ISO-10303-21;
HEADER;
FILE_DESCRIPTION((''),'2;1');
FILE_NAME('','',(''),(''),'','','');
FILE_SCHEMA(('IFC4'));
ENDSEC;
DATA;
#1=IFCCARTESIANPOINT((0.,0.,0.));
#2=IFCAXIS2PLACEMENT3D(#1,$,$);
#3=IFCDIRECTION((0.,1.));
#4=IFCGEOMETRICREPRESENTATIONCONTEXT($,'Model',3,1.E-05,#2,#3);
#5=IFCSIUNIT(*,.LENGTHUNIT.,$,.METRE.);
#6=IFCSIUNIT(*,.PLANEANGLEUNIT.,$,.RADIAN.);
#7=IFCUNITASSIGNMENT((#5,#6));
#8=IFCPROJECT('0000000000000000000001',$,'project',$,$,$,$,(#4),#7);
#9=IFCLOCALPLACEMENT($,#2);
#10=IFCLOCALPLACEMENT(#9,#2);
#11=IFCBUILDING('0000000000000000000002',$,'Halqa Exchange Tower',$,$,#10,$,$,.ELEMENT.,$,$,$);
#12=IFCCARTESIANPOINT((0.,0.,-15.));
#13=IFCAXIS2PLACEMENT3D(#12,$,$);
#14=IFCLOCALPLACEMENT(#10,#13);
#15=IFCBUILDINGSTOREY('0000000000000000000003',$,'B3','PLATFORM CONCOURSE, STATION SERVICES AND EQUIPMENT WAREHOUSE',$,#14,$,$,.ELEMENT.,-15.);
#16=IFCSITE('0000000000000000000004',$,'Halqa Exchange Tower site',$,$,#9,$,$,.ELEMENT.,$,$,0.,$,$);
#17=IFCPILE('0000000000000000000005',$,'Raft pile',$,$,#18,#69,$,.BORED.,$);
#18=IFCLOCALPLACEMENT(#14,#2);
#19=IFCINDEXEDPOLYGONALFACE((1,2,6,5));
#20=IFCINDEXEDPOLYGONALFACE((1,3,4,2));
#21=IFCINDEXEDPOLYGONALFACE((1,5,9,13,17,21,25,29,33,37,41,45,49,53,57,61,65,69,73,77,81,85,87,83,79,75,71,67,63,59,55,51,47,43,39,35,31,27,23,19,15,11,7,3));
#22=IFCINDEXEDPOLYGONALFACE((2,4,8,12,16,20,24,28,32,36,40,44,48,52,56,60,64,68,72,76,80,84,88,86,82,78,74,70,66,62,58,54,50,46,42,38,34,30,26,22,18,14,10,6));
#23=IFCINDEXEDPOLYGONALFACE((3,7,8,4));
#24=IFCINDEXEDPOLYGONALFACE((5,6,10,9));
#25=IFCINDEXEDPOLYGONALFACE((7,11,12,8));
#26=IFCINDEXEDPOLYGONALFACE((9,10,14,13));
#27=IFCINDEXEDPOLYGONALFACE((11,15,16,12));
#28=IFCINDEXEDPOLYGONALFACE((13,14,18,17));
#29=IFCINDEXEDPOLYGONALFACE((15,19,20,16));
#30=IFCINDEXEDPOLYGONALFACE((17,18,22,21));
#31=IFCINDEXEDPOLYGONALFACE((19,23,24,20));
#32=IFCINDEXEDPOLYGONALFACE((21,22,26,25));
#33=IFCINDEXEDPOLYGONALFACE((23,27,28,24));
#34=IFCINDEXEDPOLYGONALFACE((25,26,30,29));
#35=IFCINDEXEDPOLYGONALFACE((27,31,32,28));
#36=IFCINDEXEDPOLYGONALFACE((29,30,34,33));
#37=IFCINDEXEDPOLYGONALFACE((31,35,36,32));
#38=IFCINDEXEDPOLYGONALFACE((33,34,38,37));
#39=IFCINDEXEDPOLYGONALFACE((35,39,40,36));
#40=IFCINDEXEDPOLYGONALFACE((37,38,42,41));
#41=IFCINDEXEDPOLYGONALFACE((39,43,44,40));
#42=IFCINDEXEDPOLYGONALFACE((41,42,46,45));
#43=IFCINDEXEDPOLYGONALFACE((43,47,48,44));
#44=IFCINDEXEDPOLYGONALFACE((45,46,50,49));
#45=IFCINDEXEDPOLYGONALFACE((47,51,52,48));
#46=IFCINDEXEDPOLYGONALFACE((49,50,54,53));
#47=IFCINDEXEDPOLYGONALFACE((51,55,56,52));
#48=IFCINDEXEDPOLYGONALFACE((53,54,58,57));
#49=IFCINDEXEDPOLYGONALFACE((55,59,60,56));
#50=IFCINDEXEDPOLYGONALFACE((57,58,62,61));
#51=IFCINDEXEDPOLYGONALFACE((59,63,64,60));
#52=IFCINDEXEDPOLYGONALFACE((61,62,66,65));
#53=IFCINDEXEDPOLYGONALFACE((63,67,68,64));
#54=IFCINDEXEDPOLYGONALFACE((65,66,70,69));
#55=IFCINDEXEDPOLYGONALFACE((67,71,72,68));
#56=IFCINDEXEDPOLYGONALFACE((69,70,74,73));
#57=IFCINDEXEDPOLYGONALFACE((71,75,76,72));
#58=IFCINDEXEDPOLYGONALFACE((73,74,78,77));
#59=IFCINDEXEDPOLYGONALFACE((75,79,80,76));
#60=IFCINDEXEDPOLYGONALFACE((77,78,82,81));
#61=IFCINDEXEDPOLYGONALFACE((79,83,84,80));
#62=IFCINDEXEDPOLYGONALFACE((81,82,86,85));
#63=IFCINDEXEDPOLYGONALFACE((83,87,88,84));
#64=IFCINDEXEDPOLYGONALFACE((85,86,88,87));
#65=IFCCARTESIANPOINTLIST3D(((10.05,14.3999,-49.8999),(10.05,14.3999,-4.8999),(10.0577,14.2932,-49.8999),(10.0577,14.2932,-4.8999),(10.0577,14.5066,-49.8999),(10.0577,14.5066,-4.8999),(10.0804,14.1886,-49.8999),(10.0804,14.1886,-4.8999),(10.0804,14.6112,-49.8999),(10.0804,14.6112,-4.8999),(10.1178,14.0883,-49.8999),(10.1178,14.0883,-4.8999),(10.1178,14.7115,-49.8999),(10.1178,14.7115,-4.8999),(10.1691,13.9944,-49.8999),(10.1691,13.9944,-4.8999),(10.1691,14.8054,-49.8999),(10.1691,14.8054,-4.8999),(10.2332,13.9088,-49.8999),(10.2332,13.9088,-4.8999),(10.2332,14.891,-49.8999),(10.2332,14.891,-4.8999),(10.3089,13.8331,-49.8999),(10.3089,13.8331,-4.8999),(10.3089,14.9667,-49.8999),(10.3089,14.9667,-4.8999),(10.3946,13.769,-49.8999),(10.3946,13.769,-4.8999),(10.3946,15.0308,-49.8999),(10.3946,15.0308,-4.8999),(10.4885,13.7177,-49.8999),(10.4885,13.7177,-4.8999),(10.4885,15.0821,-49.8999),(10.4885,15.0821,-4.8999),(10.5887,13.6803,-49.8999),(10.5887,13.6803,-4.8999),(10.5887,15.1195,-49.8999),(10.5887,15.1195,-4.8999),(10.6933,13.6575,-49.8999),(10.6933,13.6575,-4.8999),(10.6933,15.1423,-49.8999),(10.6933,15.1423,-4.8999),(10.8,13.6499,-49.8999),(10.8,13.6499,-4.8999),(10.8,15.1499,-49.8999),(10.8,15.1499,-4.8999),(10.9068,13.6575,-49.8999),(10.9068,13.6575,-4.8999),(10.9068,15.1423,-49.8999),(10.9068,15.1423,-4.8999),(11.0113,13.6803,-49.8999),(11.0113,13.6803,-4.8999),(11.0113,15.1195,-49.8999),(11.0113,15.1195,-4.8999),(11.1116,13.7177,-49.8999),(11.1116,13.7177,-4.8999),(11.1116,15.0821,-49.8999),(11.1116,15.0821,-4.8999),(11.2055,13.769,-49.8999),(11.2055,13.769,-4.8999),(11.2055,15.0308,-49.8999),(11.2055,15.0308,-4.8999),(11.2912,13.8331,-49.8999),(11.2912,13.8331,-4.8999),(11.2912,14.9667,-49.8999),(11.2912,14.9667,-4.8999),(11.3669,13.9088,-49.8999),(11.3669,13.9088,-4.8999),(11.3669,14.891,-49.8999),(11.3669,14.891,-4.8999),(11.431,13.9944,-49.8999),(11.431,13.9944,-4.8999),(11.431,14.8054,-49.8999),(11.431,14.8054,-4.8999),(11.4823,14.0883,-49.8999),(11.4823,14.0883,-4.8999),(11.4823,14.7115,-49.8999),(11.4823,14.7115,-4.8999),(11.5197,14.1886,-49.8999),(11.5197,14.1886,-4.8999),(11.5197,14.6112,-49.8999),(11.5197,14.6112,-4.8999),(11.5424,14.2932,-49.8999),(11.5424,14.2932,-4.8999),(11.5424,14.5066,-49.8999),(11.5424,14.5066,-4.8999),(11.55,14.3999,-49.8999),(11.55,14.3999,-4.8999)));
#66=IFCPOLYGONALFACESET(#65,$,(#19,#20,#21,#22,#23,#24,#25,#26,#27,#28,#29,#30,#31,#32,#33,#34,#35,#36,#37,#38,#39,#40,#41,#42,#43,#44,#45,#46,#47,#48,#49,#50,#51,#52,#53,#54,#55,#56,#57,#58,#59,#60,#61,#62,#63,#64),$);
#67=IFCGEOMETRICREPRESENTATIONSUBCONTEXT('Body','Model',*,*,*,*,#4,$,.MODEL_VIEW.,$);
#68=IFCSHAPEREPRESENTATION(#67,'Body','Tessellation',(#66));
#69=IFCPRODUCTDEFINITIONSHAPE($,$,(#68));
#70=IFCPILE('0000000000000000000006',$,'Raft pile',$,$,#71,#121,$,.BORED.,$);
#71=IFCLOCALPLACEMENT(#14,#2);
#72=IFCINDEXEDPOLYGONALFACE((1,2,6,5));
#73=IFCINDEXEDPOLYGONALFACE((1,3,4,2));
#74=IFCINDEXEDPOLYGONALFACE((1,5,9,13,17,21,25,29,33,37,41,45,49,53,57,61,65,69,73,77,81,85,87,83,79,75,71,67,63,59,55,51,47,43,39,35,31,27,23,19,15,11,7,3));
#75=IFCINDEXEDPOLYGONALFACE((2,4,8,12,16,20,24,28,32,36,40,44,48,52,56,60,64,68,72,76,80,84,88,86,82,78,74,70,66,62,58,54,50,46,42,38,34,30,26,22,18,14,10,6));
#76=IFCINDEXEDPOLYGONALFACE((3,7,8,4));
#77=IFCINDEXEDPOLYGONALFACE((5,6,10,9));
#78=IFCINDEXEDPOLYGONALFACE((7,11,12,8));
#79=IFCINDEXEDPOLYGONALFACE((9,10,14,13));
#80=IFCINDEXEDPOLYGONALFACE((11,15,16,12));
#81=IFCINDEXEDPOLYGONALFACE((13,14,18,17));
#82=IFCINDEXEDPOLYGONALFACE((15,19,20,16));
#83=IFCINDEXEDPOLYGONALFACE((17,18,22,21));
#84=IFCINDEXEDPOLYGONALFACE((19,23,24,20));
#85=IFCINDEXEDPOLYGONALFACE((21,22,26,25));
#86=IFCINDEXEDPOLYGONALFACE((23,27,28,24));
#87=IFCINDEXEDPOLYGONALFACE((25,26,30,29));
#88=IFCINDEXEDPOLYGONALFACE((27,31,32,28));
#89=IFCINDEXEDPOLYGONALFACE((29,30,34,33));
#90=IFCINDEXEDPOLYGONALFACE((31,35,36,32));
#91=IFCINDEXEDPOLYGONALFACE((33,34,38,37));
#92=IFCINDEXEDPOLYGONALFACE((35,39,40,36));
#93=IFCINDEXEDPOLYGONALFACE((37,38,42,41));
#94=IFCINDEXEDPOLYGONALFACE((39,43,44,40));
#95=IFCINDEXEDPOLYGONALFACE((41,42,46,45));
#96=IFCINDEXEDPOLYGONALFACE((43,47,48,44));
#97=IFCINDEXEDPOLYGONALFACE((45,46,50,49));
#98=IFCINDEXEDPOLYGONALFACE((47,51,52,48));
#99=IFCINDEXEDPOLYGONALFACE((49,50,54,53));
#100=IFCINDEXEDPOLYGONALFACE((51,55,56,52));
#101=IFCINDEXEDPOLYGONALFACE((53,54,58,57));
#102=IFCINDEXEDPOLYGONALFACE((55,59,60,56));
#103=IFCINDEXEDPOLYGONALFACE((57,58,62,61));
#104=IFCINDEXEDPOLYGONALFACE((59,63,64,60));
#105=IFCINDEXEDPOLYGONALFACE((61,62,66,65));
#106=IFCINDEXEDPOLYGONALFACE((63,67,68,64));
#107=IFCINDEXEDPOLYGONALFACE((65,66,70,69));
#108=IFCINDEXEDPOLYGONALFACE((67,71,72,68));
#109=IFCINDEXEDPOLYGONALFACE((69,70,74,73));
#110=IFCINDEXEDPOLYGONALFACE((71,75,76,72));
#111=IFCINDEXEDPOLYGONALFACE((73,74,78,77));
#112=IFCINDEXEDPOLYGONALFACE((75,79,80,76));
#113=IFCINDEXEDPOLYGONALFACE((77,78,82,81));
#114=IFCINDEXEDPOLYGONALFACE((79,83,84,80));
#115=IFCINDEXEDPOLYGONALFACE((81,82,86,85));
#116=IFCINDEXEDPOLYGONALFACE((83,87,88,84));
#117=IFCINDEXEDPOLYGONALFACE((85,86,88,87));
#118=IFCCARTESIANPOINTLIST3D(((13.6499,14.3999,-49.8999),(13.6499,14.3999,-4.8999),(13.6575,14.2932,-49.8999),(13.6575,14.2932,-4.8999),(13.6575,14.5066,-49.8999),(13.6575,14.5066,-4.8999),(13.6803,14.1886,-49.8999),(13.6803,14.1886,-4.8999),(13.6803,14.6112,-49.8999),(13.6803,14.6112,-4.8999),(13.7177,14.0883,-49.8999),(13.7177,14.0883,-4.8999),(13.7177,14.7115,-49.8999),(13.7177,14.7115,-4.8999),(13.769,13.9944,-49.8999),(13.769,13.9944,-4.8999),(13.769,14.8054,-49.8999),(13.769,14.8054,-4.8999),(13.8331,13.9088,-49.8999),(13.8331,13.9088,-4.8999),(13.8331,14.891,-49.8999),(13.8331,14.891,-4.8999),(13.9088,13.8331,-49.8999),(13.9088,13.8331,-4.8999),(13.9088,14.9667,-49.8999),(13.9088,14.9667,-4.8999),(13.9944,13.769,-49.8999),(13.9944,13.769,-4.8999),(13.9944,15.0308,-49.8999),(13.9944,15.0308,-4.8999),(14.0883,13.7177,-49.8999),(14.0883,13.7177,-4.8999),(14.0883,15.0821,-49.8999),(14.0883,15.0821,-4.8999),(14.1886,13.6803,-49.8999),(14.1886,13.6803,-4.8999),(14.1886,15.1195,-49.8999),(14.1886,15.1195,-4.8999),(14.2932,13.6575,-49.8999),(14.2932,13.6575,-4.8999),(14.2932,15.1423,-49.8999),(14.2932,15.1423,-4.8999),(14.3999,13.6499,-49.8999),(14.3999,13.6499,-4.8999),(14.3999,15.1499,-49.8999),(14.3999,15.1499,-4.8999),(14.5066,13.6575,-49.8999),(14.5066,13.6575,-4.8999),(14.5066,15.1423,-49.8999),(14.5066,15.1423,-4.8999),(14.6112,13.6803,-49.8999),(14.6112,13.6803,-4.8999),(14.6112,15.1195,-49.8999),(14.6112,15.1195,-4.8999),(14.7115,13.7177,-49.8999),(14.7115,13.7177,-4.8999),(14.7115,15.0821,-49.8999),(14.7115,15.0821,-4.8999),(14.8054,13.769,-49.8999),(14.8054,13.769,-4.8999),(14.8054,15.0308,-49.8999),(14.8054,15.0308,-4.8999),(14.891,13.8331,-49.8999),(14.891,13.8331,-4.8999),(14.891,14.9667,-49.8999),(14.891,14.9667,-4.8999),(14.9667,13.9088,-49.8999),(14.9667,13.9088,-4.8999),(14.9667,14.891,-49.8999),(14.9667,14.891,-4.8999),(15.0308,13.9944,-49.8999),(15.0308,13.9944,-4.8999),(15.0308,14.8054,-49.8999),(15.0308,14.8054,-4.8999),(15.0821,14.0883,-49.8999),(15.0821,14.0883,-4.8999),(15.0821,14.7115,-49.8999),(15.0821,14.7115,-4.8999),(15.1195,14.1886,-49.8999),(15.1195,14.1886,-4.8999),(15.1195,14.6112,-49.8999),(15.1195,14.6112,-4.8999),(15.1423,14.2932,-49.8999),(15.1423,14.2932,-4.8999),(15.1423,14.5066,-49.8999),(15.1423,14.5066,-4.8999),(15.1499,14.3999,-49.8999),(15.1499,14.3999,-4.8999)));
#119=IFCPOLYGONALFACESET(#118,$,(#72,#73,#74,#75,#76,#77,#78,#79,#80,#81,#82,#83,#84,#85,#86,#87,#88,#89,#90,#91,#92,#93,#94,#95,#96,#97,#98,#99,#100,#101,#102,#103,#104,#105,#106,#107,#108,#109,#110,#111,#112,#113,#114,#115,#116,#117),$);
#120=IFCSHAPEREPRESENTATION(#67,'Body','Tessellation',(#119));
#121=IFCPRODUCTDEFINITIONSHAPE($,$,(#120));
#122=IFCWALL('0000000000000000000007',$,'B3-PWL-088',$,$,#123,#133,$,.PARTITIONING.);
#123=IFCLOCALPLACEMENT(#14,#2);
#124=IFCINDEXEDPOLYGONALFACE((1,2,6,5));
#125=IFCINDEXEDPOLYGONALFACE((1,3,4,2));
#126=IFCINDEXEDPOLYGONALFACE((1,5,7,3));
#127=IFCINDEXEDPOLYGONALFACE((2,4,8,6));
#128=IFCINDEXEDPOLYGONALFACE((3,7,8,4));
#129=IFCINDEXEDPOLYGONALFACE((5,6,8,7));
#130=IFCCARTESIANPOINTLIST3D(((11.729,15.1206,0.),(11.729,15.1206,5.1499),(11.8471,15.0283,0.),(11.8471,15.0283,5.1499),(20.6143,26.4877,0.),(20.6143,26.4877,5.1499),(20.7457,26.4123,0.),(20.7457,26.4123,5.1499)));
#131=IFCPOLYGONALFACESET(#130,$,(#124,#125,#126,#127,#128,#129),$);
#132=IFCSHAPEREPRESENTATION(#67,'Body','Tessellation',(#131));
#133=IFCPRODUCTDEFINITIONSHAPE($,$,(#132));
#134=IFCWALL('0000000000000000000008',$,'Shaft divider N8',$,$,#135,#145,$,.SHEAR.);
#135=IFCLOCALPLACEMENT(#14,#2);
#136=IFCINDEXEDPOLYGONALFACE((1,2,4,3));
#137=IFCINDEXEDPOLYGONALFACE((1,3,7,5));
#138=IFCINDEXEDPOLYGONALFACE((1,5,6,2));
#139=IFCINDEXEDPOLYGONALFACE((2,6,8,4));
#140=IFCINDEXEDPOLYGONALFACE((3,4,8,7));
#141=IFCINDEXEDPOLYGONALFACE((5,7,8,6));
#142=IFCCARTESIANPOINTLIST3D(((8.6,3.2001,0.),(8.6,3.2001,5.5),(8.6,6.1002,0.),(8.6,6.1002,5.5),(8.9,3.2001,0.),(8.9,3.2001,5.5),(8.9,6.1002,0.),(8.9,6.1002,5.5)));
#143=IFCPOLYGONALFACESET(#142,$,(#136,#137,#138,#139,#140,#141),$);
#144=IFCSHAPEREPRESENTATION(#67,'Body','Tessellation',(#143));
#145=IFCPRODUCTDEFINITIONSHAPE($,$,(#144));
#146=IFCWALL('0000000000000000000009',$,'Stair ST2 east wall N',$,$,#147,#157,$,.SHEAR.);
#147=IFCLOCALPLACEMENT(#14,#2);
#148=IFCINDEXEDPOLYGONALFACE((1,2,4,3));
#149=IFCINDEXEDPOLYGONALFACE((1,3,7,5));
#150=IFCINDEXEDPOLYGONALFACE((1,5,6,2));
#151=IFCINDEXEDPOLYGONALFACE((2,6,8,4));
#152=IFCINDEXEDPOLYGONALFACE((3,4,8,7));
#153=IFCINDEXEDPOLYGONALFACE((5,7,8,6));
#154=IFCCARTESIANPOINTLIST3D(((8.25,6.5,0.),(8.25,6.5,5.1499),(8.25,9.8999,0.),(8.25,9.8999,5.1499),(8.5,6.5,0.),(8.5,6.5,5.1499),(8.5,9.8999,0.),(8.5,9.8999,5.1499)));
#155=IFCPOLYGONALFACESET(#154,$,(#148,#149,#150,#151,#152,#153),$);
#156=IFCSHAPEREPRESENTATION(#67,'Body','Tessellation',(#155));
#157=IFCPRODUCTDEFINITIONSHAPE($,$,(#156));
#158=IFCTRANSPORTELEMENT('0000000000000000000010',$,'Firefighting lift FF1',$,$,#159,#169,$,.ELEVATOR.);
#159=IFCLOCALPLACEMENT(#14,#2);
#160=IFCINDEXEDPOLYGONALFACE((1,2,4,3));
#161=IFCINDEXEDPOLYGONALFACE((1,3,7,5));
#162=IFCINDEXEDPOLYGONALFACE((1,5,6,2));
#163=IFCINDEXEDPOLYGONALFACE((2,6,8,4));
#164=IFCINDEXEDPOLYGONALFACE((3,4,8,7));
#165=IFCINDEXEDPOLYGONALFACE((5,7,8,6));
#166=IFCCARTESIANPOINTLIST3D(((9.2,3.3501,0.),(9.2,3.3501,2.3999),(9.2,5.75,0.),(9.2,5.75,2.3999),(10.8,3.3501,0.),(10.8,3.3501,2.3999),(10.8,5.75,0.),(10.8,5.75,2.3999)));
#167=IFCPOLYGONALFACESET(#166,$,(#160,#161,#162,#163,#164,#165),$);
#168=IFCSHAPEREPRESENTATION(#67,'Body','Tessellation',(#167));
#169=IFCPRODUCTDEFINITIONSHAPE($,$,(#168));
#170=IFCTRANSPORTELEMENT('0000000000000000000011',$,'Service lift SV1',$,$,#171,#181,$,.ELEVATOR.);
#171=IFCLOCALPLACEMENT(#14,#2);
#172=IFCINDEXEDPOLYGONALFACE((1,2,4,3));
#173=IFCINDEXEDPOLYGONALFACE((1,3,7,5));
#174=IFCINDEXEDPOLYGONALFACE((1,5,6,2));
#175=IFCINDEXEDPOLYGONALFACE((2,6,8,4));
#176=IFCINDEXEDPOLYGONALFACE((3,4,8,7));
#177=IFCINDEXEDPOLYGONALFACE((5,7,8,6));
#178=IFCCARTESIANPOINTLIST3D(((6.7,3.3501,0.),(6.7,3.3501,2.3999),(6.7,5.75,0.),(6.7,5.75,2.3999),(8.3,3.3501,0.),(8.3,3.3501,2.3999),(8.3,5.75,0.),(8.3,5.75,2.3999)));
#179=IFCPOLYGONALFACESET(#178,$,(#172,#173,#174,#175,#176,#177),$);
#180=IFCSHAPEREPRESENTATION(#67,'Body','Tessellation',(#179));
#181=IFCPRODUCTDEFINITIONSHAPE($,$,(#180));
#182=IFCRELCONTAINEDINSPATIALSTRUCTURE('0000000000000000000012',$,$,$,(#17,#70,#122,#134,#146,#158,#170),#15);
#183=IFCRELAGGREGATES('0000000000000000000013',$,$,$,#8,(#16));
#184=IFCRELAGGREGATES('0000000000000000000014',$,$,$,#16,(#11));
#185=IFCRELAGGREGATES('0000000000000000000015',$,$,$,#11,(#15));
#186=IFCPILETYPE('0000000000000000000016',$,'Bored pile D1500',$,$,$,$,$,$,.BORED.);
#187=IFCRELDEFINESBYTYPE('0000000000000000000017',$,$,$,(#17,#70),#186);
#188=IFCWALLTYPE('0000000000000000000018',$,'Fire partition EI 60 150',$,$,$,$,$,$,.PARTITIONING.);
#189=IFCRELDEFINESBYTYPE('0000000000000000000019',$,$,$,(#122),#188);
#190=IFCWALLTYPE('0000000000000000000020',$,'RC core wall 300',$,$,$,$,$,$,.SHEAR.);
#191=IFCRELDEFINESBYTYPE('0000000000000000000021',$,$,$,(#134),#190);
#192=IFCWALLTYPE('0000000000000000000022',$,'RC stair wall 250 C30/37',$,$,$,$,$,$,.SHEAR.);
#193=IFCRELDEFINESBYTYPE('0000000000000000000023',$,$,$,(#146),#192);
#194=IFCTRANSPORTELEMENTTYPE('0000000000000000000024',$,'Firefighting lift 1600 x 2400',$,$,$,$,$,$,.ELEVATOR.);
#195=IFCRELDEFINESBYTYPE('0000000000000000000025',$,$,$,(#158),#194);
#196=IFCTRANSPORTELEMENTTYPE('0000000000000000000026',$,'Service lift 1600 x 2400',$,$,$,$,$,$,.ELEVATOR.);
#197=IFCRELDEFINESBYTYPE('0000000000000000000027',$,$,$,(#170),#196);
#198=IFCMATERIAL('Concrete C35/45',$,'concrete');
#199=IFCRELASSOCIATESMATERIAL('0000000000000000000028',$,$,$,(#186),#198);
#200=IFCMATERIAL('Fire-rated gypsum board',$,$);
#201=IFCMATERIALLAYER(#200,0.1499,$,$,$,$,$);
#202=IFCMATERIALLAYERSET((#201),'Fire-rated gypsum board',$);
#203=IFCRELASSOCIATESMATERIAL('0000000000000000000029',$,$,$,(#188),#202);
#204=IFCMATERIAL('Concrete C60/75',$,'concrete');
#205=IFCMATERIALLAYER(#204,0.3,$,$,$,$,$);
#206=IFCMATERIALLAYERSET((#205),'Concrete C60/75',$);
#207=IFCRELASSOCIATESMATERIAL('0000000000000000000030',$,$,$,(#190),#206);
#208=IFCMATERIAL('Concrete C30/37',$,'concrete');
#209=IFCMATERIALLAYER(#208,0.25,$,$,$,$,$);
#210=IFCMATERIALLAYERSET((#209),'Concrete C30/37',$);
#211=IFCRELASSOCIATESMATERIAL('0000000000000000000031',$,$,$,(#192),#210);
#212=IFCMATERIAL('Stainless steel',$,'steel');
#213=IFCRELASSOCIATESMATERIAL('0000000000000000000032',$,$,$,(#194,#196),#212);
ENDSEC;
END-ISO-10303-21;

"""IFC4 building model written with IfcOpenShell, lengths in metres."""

from ifc_helpers import new_model, si_unit, direction, frame, frame_2d, origin, origin_2d, place, context, subcontext, project, spatial, polyline, rectangle, circle, outline, extrude, material, layer, layer_set, material_profile, profile_set, type_object, element, save


model = new_model("IFC4")

# Units and contexts
model_context = context("Model", 3, precision=1e-05, world=origin(), true_north=direction((0.0, 1.0)))
body_context = subcontext(model_context, "Body", "Model", "MODEL_VIEW")
ifc_project = project(units=[si_unit("LENGTHUNIT", "METRE"), si_unit("PLANEANGLEUNIT", "RADIAN")], contexts=[model_context])

# Site, building, storey
site_placement = place(None, origin())
site = spatial("IfcSite", under=ifc_project, at=site_placement, Name="Halqa Exchange Tower site", CompositionType="ELEMENT", RefElevation=0.0)
building_placement = place(site_placement, origin())
building = spatial("IfcBuilding", under=site, at=building_placement, Name="Halqa Exchange Tower", CompositionType="ELEMENT")
storey_placement = place(building_placement, frame((0.0, 0.0, -15.0)))
storey = spatial("IfcBuildingStorey", under=building, at=storey_placement, Name="B3", Description="PLATFORM CONCOURSE, STATION SERVICES AND EQUIPMENT WAREHOUSE", CompositionType="ELEMENT", Elevation=-15.0)

# Piles
ifc_material_1 = material(Name="Concrete C35/45", Category="concrete")
ifc_material_profile_1 = material_profile(ifc_material_1, circle(Radius=0.75, at=origin_2d()), Name="D1500")
ifc_profile_set_1 = profile_set([ifc_material_profile_1], Name="Concrete C35/45")
pile_type_1 = type_object("IfcPileType", Name="Bored pile D1500", PredefinedType="BORED", material=ifc_profile_set_1)
for number, where, z_axis, x_axis, name in (
    (1, (10.8, 14.3999, -4.8999), (0.0, 0.0, -1.0), (1.0, 0.0, 0.0), "Raft pile"),
    (2, (14.3999, 14.3999, -4.8999), (0.0, 0.0, -1.0), (1.0, 0.0, 0.0), "Raft pile"),
):
    element("IfcPile", number, at=place(storey_placement, frame(where, z_axis=z_axis, x_axis=x_axis)), inside=storey, type_object=pile_type_1, Name=name, PredefinedType="BORED", context=body_context, shape_type="SweptSolid", body=[
        extrude(circle(Radius=0.75, at=origin_2d()), origin(), (0.0, 0.0, 1.0), 45.0),
    ])

# Walls
ifc_material_2 = material(Name="Fire-rated gypsum board")
ifc_layer_1 = layer(ifc_material_2, 0.1499)
ifc_layer_set_1 = layer_set([ifc_layer_1], Name="Fire-rated gypsum board")
wall_type_1 = type_object("IfcWallType", Name="Fire partition EI 60 150", PredefinedType="PARTITIONING", material=ifc_layer_set_1)
wall_1_placement = place(storey_placement, frame((11.7881, 15.0745, 0.0), z_axis=(0.0, 0.0, 1.0), x_axis=(0.615848, 0.787865, 0.0)))
element("IfcWall", 3, at=wall_1_placement, inside=storey, type_object=wall_type_1, Name="B3-PWL-088", PredefinedType="PARTITIONING", context=body_context, shape_type="SweptSolid", body=[
    extrude(outline(polyline([(0.0, -0.075), (14.4492, -0.075), (14.4277, 0.075), (0.0, 0.075), (0.0, -0.075)])), origin(), (0.0, 0.0, 1.0), 5.1499),
])
ifc_material_3 = material(Name="Concrete C60/75", Category="concrete")
ifc_layer_2 = layer(ifc_material_3, 0.3)
ifc_layer_set_2 = layer_set([ifc_layer_2], Name="Concrete C60/75")
wall_type_2 = type_object("IfcWallType", Name="RC core wall 300", PredefinedType="SHEAR", material=ifc_layer_set_2)
wall_2_placement = place(storey_placement, frame((8.75, 3.2, 0.0), z_axis=(0.0, 0.0, 1.0), x_axis=(0.0, 1.0, 0.0)))
element("IfcWall", 4, at=wall_2_placement, inside=storey, type_object=wall_type_2, Name="Shaft divider N8", PredefinedType="SHEAR", context=body_context, shape_type="SweptSolid", body=[
    extrude(rectangle(XDim=2.9001, YDim=0.3, at=frame_2d((1.4502, 0.0))), origin(), (0.0, 0.0, 1.0), 5.5),
])
ifc_material_4 = material(Name="Concrete C30/37", Category="concrete")
ifc_layer_3 = layer(ifc_material_4, 0.25)
ifc_layer_set_3 = layer_set([ifc_layer_3], Name="Concrete C30/37")
wall_type_3 = type_object("IfcWallType", Name="RC stair wall 250 C30/37", PredefinedType="SHEAR", material=ifc_layer_set_3)
wall_3_placement = place(storey_placement, frame((8.375, 6.5, 0.0), z_axis=(0.0, 0.0, 1.0), x_axis=(0.0, 1.0, 0.0)))
element("IfcWall", 5, at=wall_3_placement, inside=storey, type_object=wall_type_3, Name="Stair ST2 east wall N", PredefinedType="SHEAR", context=body_context, shape_type="SweptSolid", body=[
    extrude(rectangle(XDim=3.3999, YDim=0.25, at=frame_2d((1.7, 0.0))), origin(), (0.0, 0.0, 1.0), 5.1499),
])

# Transport elements
ifc_material_5 = material(Name="Stainless steel", Category="steel")
transport_element_type_1 = type_object("IfcTransportElementType", Name="Firefighting lift 1600 x 2400", PredefinedType="ELEVATOR", material=ifc_material_5)
transport_element_1_placement = place(storey_placement, frame((10.0, 4.55, 0.0), z_axis=(0.0, 0.0, 1.0), x_axis=(1.0, 0.0, 0.0)))
element("IfcTransportElement", 6, at=transport_element_1_placement, inside=storey, type_object=transport_element_type_1, Name="Firefighting lift FF1", PredefinedType="ELEVATOR", context=body_context, shape_type="SweptSolid", body=[
    extrude(rectangle(XDim=1.6001, YDim=2.3999, at=origin_2d()), origin(), (0.0, 0.0, 1.0), 2.3999),
])
transport_element_type_2 = type_object("IfcTransportElementType", Name="Service lift 1600 x 2400", PredefinedType="ELEVATOR", material=ifc_material_5)
transport_element_2_placement = place(storey_placement, frame((7.5, 4.55, 0.0), z_axis=(0.0, 0.0, 1.0), x_axis=(1.0, 0.0, 0.0)))
element("IfcTransportElement", 7, at=transport_element_2_placement, inside=storey, type_object=transport_element_type_2, Name="Service lift SV1", PredefinedType="ELEVATOR", context=body_context, shape_type="SweptSolid", body=[
    extrude(rectangle(XDim=1.6001, YDim=2.3999, at=origin_2d()), origin(), (0.0, 0.0, 1.0), 2.3999),
])

save(model, "model.ifc")
